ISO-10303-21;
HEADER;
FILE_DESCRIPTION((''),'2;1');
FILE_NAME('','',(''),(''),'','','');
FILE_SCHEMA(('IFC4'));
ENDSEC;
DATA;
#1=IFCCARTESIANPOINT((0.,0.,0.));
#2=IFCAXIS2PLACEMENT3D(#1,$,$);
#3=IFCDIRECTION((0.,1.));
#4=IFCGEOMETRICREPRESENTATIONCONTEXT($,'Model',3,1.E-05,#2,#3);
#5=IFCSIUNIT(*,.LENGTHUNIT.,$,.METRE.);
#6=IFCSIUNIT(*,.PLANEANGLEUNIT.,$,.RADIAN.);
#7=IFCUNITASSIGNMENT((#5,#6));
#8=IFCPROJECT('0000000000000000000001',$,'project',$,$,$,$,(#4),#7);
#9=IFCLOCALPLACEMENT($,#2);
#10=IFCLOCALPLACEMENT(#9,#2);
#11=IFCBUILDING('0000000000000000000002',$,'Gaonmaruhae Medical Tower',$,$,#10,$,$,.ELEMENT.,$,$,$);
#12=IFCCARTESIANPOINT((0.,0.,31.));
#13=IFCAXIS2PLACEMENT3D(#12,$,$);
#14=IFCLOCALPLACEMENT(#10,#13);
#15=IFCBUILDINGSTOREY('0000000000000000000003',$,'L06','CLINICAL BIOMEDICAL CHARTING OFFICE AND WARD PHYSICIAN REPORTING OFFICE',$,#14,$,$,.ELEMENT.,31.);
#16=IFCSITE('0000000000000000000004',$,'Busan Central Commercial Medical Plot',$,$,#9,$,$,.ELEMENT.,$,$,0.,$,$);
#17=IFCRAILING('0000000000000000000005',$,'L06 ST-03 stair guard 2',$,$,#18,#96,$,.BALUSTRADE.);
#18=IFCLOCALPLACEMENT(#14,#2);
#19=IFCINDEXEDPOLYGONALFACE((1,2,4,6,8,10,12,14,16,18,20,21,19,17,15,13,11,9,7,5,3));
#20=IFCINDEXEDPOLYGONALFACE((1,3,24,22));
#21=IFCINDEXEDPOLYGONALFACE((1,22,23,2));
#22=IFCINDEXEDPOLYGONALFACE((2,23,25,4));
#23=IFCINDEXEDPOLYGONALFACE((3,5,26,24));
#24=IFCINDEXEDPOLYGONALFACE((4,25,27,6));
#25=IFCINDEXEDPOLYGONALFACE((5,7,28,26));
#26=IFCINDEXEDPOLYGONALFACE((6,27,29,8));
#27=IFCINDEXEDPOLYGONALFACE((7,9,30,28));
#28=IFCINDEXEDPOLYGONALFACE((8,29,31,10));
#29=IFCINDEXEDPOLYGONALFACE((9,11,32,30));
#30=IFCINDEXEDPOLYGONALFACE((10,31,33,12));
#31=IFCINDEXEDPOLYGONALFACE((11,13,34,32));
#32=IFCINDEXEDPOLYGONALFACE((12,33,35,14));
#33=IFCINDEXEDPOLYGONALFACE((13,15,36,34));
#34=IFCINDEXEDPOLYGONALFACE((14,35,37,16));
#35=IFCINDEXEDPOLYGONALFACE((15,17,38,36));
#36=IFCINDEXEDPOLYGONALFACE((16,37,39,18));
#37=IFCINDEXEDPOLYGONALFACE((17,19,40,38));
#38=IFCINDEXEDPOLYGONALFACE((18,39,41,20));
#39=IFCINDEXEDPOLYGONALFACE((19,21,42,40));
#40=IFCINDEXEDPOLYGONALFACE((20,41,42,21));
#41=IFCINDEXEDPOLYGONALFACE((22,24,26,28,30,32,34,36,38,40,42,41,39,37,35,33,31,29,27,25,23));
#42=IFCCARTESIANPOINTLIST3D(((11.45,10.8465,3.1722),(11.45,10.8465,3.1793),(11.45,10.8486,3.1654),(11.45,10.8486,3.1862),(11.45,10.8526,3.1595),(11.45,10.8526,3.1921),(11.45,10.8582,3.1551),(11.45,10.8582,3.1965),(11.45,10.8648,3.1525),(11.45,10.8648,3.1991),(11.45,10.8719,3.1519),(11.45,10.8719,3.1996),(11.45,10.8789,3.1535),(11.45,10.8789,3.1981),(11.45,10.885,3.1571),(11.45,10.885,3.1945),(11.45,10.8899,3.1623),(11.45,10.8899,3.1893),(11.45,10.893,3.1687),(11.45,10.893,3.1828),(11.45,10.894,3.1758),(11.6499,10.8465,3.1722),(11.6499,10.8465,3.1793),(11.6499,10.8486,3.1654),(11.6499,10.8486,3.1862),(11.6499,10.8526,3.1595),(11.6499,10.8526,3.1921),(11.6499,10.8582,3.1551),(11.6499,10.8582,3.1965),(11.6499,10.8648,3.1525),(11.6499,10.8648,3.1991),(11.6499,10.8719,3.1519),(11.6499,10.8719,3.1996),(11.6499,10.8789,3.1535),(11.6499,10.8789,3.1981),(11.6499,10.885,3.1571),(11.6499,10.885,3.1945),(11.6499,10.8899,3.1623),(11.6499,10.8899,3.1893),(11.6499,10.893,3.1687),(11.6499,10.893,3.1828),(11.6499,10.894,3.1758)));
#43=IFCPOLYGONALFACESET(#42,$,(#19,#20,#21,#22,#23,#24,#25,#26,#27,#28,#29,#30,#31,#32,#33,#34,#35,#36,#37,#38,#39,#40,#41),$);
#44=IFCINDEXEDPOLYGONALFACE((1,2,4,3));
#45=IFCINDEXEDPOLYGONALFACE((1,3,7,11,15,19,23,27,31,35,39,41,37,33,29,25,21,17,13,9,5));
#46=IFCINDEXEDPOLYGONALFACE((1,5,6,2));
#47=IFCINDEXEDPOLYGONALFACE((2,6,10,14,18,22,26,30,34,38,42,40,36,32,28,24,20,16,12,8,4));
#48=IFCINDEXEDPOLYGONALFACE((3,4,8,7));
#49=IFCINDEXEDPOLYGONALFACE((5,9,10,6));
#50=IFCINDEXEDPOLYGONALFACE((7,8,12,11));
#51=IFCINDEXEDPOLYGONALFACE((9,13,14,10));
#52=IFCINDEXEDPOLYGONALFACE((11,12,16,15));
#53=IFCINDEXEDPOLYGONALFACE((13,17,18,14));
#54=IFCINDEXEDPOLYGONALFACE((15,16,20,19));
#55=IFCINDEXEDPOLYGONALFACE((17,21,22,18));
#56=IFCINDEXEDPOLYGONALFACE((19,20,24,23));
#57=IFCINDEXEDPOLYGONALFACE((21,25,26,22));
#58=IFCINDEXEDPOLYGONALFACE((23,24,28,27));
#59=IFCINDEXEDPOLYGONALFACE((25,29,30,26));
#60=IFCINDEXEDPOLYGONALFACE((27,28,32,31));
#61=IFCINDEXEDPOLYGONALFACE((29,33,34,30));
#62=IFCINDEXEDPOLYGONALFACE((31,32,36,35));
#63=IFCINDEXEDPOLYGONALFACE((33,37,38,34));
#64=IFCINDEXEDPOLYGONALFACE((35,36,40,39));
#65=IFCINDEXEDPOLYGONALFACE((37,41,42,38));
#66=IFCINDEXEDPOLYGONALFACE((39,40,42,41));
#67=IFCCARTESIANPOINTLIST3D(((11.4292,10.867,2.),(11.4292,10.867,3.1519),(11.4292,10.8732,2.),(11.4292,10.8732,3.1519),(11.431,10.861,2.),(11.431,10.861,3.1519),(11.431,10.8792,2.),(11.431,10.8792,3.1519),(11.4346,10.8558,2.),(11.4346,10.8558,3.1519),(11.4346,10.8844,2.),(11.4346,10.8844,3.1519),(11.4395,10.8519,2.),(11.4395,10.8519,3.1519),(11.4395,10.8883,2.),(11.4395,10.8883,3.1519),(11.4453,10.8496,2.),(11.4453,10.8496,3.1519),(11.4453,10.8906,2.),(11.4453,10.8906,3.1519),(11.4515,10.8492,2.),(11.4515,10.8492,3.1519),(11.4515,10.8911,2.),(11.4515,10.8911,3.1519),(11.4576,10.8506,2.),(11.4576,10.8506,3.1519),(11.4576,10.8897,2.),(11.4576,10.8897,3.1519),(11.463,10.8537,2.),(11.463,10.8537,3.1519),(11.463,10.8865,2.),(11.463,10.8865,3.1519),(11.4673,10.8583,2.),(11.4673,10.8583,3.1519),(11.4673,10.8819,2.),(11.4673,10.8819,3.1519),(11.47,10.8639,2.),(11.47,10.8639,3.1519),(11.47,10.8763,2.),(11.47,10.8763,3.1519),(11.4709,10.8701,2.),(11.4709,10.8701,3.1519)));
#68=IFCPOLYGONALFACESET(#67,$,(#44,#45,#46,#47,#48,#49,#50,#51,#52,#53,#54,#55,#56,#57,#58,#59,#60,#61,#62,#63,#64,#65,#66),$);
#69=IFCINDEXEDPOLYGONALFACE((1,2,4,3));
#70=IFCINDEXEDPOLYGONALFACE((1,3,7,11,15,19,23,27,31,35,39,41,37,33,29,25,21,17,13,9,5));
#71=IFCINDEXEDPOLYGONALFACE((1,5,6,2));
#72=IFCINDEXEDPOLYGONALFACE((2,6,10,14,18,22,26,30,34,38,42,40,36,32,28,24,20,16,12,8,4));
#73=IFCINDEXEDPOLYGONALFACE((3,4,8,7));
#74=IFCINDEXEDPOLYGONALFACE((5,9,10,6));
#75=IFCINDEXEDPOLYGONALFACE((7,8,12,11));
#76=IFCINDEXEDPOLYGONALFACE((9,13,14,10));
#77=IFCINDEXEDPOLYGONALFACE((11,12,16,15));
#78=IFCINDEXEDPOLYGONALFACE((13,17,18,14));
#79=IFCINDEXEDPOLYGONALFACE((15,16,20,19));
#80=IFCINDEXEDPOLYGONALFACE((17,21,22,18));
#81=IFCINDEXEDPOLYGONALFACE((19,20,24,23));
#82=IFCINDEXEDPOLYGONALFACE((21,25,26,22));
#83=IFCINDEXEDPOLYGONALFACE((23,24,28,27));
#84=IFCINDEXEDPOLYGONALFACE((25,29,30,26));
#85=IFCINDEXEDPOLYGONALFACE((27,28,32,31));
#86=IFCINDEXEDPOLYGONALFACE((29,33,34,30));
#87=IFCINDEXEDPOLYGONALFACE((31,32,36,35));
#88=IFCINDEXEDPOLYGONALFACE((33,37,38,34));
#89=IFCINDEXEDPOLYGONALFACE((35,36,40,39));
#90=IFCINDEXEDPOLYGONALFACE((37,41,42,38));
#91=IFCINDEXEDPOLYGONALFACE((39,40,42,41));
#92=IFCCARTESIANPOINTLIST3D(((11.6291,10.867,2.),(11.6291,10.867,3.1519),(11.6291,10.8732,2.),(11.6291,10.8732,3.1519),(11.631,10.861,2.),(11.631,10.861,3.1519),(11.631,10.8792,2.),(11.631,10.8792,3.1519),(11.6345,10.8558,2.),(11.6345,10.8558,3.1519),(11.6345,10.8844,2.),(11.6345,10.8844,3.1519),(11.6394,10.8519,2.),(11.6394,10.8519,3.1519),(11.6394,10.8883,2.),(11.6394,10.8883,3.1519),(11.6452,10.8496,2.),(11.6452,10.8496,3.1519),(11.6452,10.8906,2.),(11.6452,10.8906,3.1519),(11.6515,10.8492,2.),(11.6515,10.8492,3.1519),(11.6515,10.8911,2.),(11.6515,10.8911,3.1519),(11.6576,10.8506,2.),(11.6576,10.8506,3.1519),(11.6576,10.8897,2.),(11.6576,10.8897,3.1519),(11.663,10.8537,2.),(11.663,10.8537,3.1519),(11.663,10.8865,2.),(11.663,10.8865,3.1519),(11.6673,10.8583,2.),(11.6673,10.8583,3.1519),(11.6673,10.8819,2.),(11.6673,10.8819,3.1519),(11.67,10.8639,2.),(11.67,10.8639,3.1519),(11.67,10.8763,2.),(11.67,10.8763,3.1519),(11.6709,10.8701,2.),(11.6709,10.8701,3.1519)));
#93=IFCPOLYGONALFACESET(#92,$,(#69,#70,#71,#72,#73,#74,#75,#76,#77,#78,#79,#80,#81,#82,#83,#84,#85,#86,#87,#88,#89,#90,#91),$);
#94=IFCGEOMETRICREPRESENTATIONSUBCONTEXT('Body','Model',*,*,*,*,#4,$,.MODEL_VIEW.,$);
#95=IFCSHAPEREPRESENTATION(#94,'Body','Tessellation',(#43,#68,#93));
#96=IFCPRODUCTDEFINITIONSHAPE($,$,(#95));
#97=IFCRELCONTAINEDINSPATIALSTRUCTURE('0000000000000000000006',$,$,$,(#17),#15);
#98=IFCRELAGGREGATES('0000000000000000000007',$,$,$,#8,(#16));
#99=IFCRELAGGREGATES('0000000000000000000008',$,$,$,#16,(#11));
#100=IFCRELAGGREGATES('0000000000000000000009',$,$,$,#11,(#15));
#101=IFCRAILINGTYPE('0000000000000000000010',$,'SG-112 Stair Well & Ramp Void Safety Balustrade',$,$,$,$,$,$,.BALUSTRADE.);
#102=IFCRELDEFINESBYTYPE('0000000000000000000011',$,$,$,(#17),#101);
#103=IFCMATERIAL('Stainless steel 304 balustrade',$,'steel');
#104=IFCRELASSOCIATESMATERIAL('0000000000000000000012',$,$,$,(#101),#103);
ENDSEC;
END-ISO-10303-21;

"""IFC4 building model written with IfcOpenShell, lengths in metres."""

from ifc_helpers import new_model, si_unit, direction, frame, origin, origin_2d, place, context, subcontext, project, spatial, circle, extrude, material, type_object, element, save


model = new_model("IFC4")

# Units and contexts
model_context = context("Model", 3, precision=1e-05, world=origin(), true_north=direction((0.0, 1.0)))
body_context = subcontext(model_context, "Body", "Model", "MODEL_VIEW")
ifc_project = project(units=[si_unit("LENGTHUNIT", "METRE"), si_unit("PLANEANGLEUNIT", "RADIAN")], contexts=[model_context])

# Site, building, storey
site_placement = place(None, origin())
site = spatial("IfcSite", under=ifc_project, at=site_placement, Name="Busan Central Commercial Medical Plot", CompositionType="ELEMENT", RefElevation=0.0)
building_placement = place(site_placement, origin())
building = spatial("IfcBuilding", under=site, at=building_placement, Name="Gaonmaruhae Medical Tower", CompositionType="ELEMENT")
storey_placement = place(building_placement, frame((0.0, 0.0, 31.0)))
storey = spatial("IfcBuildingStorey", under=building, at=storey_placement, Name="L06", Description="CLINICAL BIOMEDICAL CHARTING OFFICE AND WARD PHYSICIAN REPORTING OFFICE", CompositionType="ELEMENT", Elevation=31.0)

# Railing
ifc_material_1 = material(Name="Stainless steel 304 balustrade", Category="steel")
railing_type_1 = type_object("IfcRailingType", Name="SG-112 Stair Well & Ramp Void Safety Balustrade", PredefinedType="BALUSTRADE", material=ifc_material_1)
railing_1_placement = place(storey_placement, frame((11.45, 10.8701, 2.0)))
element("IfcRailing", 1, at=railing_1_placement, inside=storey, type_object=railing_type_1, Name="L06 ST-03 stair guard 2", PredefinedType="BALUSTRADE", context=body_context, shape_type="SweptSolid", body=[
    extrude(circle(Radius=0.0239, at=origin_2d()), frame((0.0, 0.0, 1.1758), z_axis=(1.0, 0.0, 0.0), x_axis=(0.0, 1.0, 0.0)), (0.0, 0.0, 1.0), 0.2),
    extrude(circle(Radius=0.021, at=origin_2d()), origin(), (0.0, 0.0, 1.0), 1.1519),
    extrude(circle(Radius=0.021, at=origin_2d()), frame((0.2, 0.0, 0.0)), (0.0, 0.0, 1.0), 1.1519),
])

save(model, "model.ifc")
